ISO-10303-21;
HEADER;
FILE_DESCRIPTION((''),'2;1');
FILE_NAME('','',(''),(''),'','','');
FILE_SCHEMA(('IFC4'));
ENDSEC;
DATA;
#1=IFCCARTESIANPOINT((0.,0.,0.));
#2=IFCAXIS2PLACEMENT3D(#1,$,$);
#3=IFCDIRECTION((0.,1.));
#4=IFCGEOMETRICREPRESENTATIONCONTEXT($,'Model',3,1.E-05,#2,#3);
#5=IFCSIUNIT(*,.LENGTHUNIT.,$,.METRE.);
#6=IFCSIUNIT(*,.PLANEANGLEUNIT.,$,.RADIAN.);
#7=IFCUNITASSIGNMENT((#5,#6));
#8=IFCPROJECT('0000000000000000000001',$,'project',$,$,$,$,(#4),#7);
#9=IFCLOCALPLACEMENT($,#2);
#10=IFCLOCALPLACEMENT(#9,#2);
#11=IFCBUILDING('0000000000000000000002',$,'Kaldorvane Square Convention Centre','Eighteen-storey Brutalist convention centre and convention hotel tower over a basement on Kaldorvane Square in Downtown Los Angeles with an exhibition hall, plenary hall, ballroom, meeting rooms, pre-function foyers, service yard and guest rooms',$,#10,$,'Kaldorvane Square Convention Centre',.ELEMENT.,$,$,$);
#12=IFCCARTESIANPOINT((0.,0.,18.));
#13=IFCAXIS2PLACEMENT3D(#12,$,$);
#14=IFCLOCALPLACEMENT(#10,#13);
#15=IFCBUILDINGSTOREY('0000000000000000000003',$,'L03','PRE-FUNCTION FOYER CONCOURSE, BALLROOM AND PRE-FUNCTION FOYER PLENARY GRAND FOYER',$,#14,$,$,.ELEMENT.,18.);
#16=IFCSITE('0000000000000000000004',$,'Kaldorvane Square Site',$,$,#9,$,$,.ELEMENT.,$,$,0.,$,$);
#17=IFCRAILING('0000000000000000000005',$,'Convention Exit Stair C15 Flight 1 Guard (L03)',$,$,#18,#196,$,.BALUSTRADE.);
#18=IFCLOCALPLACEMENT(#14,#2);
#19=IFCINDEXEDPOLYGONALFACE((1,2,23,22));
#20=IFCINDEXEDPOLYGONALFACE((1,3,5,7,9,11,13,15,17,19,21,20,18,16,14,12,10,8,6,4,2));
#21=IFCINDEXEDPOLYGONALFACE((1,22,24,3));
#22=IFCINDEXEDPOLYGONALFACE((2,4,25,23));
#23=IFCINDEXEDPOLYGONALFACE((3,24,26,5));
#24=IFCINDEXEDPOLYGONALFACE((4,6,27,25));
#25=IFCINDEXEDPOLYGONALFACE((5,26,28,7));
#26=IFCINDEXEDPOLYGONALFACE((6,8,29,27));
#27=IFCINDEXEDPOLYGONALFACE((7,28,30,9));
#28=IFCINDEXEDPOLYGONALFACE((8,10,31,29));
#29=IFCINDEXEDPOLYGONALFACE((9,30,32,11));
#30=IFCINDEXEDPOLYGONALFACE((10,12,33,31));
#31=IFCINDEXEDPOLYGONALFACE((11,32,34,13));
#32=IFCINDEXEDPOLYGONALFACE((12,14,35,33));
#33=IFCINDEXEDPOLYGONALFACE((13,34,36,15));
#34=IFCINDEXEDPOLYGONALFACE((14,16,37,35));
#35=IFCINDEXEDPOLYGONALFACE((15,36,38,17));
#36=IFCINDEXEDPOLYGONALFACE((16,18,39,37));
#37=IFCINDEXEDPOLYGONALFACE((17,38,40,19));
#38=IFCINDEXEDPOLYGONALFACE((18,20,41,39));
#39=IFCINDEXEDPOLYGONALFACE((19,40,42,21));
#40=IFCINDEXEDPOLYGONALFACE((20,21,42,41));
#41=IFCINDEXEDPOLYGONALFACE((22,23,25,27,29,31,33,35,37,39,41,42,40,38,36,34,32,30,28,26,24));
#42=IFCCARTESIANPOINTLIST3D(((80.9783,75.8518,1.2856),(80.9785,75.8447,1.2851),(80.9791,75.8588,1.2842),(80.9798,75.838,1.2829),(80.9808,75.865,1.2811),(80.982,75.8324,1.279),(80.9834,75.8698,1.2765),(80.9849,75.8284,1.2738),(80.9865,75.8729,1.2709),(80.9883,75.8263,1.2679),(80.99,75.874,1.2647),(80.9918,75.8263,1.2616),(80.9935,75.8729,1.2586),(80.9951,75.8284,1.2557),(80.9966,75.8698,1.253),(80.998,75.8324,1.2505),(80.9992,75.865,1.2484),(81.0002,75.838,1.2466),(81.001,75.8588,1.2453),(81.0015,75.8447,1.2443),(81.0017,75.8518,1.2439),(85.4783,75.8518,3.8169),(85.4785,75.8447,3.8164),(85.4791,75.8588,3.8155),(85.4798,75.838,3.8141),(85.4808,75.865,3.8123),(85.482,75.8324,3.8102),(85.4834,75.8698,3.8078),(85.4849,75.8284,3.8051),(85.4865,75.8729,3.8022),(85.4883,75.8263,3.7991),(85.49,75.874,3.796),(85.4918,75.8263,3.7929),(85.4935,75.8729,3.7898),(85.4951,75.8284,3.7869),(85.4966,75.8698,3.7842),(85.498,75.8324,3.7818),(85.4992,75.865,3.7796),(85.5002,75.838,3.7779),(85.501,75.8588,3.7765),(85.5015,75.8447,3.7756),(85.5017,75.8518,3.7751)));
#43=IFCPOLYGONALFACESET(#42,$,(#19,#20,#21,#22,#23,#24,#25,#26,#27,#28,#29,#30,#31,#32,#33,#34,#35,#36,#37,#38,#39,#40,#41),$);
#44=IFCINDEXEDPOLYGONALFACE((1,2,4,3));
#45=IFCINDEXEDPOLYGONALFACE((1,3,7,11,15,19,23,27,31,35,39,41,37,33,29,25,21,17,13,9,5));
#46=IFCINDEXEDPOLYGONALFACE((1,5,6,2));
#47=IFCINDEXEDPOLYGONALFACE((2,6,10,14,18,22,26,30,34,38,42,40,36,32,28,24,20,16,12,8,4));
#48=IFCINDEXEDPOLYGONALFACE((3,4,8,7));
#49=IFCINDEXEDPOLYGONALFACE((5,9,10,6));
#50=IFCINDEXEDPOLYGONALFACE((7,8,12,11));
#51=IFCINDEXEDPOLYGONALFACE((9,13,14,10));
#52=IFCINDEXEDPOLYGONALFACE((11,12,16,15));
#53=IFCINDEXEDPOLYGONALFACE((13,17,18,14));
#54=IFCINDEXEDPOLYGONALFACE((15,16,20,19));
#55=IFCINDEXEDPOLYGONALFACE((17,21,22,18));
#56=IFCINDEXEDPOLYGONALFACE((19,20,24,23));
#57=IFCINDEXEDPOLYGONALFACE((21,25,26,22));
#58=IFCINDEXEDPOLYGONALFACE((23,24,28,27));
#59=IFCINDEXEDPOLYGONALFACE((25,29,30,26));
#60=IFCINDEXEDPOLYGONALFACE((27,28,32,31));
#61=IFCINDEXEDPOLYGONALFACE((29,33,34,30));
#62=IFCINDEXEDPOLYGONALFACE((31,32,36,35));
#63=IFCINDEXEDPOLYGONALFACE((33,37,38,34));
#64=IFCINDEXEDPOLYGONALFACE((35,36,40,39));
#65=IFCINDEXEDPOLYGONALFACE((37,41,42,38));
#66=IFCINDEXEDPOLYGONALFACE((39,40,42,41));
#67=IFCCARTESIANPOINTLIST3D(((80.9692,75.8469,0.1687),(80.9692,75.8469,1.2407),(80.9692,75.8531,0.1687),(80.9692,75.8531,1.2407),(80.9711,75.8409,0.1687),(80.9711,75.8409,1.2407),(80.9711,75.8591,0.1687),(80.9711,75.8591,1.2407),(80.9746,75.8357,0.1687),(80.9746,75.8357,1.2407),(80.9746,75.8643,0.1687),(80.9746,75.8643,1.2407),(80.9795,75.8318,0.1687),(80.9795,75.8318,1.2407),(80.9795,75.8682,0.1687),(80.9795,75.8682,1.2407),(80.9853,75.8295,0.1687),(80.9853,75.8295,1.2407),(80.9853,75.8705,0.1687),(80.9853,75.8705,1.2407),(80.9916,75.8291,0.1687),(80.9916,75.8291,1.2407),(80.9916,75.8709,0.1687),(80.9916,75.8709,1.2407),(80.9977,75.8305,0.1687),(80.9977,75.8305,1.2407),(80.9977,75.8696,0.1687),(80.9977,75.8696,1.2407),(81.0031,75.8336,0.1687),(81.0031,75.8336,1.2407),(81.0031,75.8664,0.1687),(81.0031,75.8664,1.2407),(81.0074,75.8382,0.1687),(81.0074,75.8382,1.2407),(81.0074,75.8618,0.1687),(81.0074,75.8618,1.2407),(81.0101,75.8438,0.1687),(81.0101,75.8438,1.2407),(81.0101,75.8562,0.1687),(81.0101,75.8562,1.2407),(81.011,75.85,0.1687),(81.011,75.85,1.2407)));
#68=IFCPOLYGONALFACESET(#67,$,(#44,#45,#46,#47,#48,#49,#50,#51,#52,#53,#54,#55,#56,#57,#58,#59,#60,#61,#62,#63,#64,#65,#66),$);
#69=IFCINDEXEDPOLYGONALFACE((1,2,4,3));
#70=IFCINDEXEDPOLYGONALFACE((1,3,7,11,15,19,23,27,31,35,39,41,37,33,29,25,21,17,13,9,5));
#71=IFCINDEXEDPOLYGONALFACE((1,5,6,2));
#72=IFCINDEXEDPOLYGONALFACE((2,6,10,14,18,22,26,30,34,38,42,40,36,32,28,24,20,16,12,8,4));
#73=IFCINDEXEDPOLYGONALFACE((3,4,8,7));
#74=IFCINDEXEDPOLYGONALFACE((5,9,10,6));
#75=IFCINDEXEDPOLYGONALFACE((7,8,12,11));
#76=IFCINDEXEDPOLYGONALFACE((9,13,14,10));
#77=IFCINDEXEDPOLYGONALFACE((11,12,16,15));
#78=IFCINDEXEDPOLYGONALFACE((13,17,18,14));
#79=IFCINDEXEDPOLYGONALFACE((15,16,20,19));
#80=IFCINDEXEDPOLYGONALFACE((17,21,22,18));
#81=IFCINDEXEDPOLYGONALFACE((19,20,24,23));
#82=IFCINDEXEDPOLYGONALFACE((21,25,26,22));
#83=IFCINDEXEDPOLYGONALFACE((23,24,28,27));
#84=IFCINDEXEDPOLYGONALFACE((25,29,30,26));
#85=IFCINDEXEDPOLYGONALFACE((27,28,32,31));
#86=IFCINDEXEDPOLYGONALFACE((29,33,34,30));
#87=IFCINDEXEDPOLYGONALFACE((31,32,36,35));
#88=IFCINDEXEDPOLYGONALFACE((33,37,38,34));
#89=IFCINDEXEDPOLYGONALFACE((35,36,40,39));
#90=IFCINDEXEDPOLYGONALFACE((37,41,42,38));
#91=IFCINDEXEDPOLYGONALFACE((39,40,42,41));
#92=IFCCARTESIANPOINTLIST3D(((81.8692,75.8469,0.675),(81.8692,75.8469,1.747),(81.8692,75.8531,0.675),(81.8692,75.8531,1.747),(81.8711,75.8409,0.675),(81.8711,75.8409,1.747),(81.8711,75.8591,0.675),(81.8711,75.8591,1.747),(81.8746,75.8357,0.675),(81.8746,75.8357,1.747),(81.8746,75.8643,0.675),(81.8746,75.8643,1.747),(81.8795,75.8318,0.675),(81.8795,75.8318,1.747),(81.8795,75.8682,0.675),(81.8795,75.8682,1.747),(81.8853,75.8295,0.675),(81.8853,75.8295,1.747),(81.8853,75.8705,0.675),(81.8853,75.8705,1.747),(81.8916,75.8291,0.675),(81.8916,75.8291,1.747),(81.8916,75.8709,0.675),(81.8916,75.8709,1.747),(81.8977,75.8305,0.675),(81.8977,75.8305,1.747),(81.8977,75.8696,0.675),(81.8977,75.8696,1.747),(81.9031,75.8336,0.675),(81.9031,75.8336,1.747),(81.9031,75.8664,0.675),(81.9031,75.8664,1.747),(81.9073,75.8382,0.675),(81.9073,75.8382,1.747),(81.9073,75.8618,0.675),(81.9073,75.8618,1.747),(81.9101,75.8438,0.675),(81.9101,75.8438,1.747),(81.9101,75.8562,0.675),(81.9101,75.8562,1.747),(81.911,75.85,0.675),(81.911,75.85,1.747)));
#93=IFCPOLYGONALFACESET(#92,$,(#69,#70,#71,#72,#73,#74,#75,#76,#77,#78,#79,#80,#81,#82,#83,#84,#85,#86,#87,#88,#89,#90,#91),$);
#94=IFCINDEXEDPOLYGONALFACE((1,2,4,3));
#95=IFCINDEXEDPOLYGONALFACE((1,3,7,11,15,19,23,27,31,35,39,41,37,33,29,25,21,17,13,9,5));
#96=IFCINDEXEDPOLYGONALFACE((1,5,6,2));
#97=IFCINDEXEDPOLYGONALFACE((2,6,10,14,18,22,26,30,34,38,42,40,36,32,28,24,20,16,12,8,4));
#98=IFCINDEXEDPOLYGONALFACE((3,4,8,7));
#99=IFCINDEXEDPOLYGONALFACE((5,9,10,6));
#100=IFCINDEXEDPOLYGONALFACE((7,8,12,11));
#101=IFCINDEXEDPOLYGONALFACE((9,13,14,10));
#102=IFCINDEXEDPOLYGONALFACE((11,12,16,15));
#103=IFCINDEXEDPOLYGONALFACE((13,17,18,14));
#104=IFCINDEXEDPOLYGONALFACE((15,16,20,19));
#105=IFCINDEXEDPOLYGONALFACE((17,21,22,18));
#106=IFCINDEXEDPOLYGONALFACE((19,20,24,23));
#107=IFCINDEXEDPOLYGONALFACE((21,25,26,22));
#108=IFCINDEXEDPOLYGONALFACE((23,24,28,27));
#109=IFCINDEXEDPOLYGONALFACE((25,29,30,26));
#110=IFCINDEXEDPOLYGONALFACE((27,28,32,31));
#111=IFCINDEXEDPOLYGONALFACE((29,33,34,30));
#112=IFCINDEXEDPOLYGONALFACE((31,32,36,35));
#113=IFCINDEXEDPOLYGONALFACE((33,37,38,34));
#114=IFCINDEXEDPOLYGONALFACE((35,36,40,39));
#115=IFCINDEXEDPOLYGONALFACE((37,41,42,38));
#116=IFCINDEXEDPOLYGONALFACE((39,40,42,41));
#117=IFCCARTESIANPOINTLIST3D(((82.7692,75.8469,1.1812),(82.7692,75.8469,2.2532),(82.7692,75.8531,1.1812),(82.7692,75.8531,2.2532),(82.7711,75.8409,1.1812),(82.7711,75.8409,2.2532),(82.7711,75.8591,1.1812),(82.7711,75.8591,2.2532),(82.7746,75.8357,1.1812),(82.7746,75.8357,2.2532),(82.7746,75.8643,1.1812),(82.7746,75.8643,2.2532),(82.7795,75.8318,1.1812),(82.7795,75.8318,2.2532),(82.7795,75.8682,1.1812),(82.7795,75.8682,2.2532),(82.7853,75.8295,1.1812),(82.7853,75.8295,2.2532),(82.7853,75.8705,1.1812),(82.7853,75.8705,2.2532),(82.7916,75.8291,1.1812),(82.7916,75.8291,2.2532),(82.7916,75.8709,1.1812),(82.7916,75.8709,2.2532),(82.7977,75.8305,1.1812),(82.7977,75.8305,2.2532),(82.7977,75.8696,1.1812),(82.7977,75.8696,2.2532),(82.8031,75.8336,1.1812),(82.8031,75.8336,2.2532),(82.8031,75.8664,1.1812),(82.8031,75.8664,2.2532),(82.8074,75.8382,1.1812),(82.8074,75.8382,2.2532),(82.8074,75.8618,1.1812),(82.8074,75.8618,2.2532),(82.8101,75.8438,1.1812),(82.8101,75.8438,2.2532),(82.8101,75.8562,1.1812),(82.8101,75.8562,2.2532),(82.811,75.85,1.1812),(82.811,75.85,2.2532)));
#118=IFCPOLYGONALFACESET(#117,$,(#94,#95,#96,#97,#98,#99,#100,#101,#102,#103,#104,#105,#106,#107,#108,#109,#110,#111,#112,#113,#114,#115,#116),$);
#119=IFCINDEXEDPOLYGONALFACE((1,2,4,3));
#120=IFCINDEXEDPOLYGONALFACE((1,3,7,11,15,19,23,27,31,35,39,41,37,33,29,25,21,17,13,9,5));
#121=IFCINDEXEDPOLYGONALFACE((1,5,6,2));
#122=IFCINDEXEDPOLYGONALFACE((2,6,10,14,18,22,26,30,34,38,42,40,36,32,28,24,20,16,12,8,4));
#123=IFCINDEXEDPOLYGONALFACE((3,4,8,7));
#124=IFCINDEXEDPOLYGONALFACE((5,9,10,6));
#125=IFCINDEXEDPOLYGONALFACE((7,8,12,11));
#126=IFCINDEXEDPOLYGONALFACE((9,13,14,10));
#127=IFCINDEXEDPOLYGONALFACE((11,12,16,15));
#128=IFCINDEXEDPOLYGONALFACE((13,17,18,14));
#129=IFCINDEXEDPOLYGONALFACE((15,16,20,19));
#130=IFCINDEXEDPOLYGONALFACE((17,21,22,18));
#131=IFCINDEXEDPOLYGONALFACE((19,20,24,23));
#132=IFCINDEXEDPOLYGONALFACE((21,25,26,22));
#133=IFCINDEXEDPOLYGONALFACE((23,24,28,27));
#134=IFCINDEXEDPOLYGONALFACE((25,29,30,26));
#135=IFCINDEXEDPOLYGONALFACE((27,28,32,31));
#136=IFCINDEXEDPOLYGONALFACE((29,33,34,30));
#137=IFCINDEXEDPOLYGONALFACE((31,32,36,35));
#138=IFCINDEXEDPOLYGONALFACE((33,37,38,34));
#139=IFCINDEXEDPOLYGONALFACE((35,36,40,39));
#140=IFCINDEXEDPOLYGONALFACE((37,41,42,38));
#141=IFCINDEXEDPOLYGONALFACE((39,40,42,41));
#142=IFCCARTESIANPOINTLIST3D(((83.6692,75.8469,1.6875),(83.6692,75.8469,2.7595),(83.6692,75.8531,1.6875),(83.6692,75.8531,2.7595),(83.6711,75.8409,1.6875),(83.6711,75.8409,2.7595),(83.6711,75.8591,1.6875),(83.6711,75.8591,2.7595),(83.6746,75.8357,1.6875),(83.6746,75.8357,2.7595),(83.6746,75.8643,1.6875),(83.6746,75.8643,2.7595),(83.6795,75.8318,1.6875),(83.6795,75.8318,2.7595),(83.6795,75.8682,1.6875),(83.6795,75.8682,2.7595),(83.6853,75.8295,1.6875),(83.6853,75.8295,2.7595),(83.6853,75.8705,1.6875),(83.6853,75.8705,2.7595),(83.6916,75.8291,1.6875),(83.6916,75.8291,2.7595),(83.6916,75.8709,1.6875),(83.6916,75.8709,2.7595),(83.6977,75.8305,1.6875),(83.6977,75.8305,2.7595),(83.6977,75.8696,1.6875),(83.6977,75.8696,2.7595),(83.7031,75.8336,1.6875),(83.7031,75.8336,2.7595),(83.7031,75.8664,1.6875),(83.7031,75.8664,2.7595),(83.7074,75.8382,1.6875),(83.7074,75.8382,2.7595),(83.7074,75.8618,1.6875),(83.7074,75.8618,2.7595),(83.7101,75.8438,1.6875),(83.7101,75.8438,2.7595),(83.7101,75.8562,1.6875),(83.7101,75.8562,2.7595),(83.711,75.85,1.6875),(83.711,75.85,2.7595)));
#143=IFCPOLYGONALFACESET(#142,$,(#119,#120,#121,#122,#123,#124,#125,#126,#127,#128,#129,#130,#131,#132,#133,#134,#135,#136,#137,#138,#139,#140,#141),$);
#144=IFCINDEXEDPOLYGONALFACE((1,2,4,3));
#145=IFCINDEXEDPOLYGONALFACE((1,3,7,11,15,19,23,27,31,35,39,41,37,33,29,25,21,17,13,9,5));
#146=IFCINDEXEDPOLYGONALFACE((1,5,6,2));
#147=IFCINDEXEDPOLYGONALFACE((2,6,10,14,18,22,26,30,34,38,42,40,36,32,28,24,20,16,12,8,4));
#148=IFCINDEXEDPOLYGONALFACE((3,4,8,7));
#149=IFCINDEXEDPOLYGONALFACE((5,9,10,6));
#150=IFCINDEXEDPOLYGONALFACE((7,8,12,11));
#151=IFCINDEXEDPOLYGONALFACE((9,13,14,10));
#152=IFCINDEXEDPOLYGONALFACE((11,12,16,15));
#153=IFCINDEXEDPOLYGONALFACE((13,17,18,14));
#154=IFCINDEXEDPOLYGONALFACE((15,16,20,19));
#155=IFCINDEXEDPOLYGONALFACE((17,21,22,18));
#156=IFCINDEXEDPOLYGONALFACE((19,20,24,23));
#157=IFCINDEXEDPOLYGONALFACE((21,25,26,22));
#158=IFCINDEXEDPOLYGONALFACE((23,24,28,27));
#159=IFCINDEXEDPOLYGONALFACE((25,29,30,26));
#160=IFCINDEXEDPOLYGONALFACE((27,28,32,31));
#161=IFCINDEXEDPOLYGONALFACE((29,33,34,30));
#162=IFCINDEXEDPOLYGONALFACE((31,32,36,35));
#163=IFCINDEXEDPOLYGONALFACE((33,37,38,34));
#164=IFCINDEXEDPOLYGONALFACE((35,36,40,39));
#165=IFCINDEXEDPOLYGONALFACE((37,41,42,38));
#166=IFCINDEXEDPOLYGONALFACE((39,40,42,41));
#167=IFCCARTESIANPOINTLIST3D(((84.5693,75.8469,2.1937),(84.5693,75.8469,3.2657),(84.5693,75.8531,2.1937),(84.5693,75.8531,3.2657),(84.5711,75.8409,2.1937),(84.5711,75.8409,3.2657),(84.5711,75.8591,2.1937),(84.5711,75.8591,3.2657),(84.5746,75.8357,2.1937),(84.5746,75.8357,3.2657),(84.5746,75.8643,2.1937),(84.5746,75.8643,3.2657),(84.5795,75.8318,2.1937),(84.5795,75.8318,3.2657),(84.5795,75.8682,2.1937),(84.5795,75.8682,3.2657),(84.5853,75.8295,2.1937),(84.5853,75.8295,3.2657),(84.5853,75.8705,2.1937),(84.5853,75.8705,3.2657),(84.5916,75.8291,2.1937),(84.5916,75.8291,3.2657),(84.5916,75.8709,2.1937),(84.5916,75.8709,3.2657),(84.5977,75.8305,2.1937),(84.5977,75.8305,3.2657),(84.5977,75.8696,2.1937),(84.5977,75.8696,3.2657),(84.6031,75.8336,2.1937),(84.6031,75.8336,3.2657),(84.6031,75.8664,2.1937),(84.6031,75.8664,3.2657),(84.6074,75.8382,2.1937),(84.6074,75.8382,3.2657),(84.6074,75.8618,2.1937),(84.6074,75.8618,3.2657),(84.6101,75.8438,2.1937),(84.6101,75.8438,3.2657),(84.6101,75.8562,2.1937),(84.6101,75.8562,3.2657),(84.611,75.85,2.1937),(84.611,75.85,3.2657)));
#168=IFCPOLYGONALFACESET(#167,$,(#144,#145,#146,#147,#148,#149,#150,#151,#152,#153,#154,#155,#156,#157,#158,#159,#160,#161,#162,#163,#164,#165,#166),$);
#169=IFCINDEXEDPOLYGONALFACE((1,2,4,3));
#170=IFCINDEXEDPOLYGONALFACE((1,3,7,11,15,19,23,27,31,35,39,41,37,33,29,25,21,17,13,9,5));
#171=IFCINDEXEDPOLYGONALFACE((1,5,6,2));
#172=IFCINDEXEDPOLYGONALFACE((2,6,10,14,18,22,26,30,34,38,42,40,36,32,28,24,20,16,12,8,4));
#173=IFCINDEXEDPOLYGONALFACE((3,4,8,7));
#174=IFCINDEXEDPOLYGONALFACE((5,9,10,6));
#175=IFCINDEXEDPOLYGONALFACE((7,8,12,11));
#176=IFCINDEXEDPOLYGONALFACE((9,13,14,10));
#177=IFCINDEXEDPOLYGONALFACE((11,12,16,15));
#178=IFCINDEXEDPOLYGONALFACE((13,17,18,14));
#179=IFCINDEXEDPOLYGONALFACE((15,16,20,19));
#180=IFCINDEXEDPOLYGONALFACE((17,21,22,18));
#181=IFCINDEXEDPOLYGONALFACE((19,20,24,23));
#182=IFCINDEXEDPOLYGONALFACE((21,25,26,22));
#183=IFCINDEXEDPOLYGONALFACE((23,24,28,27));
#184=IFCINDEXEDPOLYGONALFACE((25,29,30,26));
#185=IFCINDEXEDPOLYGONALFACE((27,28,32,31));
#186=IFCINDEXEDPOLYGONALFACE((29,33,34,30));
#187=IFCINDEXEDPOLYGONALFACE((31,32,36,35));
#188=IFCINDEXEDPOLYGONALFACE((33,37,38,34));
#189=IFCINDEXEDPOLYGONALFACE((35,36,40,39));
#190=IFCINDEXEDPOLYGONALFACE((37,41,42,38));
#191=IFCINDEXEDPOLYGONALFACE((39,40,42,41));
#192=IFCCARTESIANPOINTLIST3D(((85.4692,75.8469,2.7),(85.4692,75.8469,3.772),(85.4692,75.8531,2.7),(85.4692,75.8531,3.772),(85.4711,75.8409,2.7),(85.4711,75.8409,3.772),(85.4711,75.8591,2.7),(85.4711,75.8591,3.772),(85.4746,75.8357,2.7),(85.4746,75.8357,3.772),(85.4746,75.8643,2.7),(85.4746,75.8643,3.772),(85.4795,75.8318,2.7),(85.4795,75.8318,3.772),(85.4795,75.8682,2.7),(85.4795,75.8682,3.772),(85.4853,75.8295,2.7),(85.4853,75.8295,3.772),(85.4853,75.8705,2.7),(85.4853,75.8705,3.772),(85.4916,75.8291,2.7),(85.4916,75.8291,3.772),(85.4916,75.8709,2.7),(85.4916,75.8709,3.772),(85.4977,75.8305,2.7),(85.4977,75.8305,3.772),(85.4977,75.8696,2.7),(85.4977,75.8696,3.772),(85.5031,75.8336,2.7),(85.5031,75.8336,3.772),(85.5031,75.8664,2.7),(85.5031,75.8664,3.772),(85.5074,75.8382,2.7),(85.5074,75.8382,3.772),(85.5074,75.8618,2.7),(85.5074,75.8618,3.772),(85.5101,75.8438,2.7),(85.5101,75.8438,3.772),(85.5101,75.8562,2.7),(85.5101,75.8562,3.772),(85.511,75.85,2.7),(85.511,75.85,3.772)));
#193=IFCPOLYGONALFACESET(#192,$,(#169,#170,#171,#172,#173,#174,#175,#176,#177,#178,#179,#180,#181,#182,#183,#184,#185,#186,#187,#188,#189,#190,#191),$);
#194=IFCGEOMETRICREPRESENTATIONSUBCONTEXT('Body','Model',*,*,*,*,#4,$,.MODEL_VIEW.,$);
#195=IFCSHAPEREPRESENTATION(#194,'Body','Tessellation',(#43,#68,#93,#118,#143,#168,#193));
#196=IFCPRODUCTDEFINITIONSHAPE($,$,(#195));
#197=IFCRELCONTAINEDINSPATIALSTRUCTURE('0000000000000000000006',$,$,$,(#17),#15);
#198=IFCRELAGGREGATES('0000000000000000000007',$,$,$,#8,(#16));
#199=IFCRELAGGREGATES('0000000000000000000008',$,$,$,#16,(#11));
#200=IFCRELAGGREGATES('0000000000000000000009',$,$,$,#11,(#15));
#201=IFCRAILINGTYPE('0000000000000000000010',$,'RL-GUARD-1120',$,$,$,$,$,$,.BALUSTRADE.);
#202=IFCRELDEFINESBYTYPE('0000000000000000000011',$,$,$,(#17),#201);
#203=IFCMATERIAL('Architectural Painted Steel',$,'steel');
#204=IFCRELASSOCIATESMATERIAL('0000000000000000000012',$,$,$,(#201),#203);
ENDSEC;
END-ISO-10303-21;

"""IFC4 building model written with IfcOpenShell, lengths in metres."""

from ifc_helpers import new_model, si_unit, direction, frame, origin, origin_2d, place, context, subcontext, project, spatial, circle, extrude, material, type_object, element, save


model = new_model("IFC4")

# Units and contexts
model_context = context("Model", 3, precision=1e-05, world=origin(), true_north=direction((0.0, 1.0)))
body_context = subcontext(model_context, "Body", "Model", "MODEL_VIEW")
ifc_project = project(units=[si_unit("LENGTHUNIT", "METRE"), si_unit("PLANEANGLEUNIT", "RADIAN")], contexts=[model_context])

# Site, building, storey
site_placement = place(None, origin())
site = spatial("IfcSite", under=ifc_project, at=site_placement, Name="Kaldorvane Square Site", CompositionType="ELEMENT", RefElevation=0.0)
building_placement = place(site_placement, origin())
building = spatial("IfcBuilding", under=site, at=building_placement, Name="Kaldorvane Square Convention Centre", Description="Eighteen-storey Brutalist convention centre and convention hotel tower over a basement on Kaldorvane Square in Downtown Los Angeles with an exhibition hall, plenary hall, ballroom, meeting rooms, pre-function foyers, service yard and guest rooms", LongName="Kaldorvane Square Convention Centre", CompositionType="ELEMENT")
storey_placement = place(building_placement, frame((0.0, 0.0, 18.0)))
storey = spatial("IfcBuildingStorey", under=building, at=storey_placement, Name="L03", Description="PRE-FUNCTION FOYER CONCOURSE, BALLROOM AND PRE-FUNCTION FOYER PLENARY GRAND FOYER", CompositionType="ELEMENT", Elevation=18.0)

# Railing
ifc_material_1 = material(Name="Architectural Painted Steel", Category="steel")
railing_type_1 = type_object("IfcRailingType", Name="RL-GUARD-1120", PredefinedType="BALUSTRADE", material=ifc_material_1)
railing_1_placement = place(storey_placement, frame((80.99, 75.85, 0.1687)))
element("IfcRailing", 1, at=railing_1_placement, inside=storey, type_object=railing_type_1, Name="Convention Exit Stair C15 Flight 1 Guard (L03)", PredefinedType="BALUSTRADE", context=body_context, shape_type="SweptSolid", body=[
    extrude(circle(Radius=0.024, at=origin_2d()), frame((0.0, 0.0, 1.096), z_axis=(0.871576, 0.0, 0.490261), x_axis=(0.0, 1.0, 0.0)), (0.0, 0.0, 1.0), 5.1631),
    extrude(circle(Radius=0.021, at=origin_2d()), origin(), (0.0, 0.0, 1.0), 1.072),
    extrude(circle(Radius=0.021, at=origin_2d()), frame((0.9, 0.0, 0.5063)), (0.0, 0.0, 1.0), 1.072),
    extrude(circle(Radius=0.021, at=origin_2d()), frame((1.8, 0.0, 1.0125)), (0.0, 0.0, 1.0), 1.072),
    extrude(circle(Radius=0.021, at=origin_2d()), frame((2.7, 0.0, 1.5188)), (0.0, 0.0, 1.0), 1.072),
    extrude(circle(Radius=0.021, at=origin_2d()), frame((3.6, 0.0, 2.025)), (0.0, 0.0, 1.0), 1.072),
    extrude(circle(Radius=0.021, at=origin_2d()), frame((4.5, 0.0, 2.5312)), (0.0, 0.0, 1.0), 1.072),
])

save(model, "model.ifc")
